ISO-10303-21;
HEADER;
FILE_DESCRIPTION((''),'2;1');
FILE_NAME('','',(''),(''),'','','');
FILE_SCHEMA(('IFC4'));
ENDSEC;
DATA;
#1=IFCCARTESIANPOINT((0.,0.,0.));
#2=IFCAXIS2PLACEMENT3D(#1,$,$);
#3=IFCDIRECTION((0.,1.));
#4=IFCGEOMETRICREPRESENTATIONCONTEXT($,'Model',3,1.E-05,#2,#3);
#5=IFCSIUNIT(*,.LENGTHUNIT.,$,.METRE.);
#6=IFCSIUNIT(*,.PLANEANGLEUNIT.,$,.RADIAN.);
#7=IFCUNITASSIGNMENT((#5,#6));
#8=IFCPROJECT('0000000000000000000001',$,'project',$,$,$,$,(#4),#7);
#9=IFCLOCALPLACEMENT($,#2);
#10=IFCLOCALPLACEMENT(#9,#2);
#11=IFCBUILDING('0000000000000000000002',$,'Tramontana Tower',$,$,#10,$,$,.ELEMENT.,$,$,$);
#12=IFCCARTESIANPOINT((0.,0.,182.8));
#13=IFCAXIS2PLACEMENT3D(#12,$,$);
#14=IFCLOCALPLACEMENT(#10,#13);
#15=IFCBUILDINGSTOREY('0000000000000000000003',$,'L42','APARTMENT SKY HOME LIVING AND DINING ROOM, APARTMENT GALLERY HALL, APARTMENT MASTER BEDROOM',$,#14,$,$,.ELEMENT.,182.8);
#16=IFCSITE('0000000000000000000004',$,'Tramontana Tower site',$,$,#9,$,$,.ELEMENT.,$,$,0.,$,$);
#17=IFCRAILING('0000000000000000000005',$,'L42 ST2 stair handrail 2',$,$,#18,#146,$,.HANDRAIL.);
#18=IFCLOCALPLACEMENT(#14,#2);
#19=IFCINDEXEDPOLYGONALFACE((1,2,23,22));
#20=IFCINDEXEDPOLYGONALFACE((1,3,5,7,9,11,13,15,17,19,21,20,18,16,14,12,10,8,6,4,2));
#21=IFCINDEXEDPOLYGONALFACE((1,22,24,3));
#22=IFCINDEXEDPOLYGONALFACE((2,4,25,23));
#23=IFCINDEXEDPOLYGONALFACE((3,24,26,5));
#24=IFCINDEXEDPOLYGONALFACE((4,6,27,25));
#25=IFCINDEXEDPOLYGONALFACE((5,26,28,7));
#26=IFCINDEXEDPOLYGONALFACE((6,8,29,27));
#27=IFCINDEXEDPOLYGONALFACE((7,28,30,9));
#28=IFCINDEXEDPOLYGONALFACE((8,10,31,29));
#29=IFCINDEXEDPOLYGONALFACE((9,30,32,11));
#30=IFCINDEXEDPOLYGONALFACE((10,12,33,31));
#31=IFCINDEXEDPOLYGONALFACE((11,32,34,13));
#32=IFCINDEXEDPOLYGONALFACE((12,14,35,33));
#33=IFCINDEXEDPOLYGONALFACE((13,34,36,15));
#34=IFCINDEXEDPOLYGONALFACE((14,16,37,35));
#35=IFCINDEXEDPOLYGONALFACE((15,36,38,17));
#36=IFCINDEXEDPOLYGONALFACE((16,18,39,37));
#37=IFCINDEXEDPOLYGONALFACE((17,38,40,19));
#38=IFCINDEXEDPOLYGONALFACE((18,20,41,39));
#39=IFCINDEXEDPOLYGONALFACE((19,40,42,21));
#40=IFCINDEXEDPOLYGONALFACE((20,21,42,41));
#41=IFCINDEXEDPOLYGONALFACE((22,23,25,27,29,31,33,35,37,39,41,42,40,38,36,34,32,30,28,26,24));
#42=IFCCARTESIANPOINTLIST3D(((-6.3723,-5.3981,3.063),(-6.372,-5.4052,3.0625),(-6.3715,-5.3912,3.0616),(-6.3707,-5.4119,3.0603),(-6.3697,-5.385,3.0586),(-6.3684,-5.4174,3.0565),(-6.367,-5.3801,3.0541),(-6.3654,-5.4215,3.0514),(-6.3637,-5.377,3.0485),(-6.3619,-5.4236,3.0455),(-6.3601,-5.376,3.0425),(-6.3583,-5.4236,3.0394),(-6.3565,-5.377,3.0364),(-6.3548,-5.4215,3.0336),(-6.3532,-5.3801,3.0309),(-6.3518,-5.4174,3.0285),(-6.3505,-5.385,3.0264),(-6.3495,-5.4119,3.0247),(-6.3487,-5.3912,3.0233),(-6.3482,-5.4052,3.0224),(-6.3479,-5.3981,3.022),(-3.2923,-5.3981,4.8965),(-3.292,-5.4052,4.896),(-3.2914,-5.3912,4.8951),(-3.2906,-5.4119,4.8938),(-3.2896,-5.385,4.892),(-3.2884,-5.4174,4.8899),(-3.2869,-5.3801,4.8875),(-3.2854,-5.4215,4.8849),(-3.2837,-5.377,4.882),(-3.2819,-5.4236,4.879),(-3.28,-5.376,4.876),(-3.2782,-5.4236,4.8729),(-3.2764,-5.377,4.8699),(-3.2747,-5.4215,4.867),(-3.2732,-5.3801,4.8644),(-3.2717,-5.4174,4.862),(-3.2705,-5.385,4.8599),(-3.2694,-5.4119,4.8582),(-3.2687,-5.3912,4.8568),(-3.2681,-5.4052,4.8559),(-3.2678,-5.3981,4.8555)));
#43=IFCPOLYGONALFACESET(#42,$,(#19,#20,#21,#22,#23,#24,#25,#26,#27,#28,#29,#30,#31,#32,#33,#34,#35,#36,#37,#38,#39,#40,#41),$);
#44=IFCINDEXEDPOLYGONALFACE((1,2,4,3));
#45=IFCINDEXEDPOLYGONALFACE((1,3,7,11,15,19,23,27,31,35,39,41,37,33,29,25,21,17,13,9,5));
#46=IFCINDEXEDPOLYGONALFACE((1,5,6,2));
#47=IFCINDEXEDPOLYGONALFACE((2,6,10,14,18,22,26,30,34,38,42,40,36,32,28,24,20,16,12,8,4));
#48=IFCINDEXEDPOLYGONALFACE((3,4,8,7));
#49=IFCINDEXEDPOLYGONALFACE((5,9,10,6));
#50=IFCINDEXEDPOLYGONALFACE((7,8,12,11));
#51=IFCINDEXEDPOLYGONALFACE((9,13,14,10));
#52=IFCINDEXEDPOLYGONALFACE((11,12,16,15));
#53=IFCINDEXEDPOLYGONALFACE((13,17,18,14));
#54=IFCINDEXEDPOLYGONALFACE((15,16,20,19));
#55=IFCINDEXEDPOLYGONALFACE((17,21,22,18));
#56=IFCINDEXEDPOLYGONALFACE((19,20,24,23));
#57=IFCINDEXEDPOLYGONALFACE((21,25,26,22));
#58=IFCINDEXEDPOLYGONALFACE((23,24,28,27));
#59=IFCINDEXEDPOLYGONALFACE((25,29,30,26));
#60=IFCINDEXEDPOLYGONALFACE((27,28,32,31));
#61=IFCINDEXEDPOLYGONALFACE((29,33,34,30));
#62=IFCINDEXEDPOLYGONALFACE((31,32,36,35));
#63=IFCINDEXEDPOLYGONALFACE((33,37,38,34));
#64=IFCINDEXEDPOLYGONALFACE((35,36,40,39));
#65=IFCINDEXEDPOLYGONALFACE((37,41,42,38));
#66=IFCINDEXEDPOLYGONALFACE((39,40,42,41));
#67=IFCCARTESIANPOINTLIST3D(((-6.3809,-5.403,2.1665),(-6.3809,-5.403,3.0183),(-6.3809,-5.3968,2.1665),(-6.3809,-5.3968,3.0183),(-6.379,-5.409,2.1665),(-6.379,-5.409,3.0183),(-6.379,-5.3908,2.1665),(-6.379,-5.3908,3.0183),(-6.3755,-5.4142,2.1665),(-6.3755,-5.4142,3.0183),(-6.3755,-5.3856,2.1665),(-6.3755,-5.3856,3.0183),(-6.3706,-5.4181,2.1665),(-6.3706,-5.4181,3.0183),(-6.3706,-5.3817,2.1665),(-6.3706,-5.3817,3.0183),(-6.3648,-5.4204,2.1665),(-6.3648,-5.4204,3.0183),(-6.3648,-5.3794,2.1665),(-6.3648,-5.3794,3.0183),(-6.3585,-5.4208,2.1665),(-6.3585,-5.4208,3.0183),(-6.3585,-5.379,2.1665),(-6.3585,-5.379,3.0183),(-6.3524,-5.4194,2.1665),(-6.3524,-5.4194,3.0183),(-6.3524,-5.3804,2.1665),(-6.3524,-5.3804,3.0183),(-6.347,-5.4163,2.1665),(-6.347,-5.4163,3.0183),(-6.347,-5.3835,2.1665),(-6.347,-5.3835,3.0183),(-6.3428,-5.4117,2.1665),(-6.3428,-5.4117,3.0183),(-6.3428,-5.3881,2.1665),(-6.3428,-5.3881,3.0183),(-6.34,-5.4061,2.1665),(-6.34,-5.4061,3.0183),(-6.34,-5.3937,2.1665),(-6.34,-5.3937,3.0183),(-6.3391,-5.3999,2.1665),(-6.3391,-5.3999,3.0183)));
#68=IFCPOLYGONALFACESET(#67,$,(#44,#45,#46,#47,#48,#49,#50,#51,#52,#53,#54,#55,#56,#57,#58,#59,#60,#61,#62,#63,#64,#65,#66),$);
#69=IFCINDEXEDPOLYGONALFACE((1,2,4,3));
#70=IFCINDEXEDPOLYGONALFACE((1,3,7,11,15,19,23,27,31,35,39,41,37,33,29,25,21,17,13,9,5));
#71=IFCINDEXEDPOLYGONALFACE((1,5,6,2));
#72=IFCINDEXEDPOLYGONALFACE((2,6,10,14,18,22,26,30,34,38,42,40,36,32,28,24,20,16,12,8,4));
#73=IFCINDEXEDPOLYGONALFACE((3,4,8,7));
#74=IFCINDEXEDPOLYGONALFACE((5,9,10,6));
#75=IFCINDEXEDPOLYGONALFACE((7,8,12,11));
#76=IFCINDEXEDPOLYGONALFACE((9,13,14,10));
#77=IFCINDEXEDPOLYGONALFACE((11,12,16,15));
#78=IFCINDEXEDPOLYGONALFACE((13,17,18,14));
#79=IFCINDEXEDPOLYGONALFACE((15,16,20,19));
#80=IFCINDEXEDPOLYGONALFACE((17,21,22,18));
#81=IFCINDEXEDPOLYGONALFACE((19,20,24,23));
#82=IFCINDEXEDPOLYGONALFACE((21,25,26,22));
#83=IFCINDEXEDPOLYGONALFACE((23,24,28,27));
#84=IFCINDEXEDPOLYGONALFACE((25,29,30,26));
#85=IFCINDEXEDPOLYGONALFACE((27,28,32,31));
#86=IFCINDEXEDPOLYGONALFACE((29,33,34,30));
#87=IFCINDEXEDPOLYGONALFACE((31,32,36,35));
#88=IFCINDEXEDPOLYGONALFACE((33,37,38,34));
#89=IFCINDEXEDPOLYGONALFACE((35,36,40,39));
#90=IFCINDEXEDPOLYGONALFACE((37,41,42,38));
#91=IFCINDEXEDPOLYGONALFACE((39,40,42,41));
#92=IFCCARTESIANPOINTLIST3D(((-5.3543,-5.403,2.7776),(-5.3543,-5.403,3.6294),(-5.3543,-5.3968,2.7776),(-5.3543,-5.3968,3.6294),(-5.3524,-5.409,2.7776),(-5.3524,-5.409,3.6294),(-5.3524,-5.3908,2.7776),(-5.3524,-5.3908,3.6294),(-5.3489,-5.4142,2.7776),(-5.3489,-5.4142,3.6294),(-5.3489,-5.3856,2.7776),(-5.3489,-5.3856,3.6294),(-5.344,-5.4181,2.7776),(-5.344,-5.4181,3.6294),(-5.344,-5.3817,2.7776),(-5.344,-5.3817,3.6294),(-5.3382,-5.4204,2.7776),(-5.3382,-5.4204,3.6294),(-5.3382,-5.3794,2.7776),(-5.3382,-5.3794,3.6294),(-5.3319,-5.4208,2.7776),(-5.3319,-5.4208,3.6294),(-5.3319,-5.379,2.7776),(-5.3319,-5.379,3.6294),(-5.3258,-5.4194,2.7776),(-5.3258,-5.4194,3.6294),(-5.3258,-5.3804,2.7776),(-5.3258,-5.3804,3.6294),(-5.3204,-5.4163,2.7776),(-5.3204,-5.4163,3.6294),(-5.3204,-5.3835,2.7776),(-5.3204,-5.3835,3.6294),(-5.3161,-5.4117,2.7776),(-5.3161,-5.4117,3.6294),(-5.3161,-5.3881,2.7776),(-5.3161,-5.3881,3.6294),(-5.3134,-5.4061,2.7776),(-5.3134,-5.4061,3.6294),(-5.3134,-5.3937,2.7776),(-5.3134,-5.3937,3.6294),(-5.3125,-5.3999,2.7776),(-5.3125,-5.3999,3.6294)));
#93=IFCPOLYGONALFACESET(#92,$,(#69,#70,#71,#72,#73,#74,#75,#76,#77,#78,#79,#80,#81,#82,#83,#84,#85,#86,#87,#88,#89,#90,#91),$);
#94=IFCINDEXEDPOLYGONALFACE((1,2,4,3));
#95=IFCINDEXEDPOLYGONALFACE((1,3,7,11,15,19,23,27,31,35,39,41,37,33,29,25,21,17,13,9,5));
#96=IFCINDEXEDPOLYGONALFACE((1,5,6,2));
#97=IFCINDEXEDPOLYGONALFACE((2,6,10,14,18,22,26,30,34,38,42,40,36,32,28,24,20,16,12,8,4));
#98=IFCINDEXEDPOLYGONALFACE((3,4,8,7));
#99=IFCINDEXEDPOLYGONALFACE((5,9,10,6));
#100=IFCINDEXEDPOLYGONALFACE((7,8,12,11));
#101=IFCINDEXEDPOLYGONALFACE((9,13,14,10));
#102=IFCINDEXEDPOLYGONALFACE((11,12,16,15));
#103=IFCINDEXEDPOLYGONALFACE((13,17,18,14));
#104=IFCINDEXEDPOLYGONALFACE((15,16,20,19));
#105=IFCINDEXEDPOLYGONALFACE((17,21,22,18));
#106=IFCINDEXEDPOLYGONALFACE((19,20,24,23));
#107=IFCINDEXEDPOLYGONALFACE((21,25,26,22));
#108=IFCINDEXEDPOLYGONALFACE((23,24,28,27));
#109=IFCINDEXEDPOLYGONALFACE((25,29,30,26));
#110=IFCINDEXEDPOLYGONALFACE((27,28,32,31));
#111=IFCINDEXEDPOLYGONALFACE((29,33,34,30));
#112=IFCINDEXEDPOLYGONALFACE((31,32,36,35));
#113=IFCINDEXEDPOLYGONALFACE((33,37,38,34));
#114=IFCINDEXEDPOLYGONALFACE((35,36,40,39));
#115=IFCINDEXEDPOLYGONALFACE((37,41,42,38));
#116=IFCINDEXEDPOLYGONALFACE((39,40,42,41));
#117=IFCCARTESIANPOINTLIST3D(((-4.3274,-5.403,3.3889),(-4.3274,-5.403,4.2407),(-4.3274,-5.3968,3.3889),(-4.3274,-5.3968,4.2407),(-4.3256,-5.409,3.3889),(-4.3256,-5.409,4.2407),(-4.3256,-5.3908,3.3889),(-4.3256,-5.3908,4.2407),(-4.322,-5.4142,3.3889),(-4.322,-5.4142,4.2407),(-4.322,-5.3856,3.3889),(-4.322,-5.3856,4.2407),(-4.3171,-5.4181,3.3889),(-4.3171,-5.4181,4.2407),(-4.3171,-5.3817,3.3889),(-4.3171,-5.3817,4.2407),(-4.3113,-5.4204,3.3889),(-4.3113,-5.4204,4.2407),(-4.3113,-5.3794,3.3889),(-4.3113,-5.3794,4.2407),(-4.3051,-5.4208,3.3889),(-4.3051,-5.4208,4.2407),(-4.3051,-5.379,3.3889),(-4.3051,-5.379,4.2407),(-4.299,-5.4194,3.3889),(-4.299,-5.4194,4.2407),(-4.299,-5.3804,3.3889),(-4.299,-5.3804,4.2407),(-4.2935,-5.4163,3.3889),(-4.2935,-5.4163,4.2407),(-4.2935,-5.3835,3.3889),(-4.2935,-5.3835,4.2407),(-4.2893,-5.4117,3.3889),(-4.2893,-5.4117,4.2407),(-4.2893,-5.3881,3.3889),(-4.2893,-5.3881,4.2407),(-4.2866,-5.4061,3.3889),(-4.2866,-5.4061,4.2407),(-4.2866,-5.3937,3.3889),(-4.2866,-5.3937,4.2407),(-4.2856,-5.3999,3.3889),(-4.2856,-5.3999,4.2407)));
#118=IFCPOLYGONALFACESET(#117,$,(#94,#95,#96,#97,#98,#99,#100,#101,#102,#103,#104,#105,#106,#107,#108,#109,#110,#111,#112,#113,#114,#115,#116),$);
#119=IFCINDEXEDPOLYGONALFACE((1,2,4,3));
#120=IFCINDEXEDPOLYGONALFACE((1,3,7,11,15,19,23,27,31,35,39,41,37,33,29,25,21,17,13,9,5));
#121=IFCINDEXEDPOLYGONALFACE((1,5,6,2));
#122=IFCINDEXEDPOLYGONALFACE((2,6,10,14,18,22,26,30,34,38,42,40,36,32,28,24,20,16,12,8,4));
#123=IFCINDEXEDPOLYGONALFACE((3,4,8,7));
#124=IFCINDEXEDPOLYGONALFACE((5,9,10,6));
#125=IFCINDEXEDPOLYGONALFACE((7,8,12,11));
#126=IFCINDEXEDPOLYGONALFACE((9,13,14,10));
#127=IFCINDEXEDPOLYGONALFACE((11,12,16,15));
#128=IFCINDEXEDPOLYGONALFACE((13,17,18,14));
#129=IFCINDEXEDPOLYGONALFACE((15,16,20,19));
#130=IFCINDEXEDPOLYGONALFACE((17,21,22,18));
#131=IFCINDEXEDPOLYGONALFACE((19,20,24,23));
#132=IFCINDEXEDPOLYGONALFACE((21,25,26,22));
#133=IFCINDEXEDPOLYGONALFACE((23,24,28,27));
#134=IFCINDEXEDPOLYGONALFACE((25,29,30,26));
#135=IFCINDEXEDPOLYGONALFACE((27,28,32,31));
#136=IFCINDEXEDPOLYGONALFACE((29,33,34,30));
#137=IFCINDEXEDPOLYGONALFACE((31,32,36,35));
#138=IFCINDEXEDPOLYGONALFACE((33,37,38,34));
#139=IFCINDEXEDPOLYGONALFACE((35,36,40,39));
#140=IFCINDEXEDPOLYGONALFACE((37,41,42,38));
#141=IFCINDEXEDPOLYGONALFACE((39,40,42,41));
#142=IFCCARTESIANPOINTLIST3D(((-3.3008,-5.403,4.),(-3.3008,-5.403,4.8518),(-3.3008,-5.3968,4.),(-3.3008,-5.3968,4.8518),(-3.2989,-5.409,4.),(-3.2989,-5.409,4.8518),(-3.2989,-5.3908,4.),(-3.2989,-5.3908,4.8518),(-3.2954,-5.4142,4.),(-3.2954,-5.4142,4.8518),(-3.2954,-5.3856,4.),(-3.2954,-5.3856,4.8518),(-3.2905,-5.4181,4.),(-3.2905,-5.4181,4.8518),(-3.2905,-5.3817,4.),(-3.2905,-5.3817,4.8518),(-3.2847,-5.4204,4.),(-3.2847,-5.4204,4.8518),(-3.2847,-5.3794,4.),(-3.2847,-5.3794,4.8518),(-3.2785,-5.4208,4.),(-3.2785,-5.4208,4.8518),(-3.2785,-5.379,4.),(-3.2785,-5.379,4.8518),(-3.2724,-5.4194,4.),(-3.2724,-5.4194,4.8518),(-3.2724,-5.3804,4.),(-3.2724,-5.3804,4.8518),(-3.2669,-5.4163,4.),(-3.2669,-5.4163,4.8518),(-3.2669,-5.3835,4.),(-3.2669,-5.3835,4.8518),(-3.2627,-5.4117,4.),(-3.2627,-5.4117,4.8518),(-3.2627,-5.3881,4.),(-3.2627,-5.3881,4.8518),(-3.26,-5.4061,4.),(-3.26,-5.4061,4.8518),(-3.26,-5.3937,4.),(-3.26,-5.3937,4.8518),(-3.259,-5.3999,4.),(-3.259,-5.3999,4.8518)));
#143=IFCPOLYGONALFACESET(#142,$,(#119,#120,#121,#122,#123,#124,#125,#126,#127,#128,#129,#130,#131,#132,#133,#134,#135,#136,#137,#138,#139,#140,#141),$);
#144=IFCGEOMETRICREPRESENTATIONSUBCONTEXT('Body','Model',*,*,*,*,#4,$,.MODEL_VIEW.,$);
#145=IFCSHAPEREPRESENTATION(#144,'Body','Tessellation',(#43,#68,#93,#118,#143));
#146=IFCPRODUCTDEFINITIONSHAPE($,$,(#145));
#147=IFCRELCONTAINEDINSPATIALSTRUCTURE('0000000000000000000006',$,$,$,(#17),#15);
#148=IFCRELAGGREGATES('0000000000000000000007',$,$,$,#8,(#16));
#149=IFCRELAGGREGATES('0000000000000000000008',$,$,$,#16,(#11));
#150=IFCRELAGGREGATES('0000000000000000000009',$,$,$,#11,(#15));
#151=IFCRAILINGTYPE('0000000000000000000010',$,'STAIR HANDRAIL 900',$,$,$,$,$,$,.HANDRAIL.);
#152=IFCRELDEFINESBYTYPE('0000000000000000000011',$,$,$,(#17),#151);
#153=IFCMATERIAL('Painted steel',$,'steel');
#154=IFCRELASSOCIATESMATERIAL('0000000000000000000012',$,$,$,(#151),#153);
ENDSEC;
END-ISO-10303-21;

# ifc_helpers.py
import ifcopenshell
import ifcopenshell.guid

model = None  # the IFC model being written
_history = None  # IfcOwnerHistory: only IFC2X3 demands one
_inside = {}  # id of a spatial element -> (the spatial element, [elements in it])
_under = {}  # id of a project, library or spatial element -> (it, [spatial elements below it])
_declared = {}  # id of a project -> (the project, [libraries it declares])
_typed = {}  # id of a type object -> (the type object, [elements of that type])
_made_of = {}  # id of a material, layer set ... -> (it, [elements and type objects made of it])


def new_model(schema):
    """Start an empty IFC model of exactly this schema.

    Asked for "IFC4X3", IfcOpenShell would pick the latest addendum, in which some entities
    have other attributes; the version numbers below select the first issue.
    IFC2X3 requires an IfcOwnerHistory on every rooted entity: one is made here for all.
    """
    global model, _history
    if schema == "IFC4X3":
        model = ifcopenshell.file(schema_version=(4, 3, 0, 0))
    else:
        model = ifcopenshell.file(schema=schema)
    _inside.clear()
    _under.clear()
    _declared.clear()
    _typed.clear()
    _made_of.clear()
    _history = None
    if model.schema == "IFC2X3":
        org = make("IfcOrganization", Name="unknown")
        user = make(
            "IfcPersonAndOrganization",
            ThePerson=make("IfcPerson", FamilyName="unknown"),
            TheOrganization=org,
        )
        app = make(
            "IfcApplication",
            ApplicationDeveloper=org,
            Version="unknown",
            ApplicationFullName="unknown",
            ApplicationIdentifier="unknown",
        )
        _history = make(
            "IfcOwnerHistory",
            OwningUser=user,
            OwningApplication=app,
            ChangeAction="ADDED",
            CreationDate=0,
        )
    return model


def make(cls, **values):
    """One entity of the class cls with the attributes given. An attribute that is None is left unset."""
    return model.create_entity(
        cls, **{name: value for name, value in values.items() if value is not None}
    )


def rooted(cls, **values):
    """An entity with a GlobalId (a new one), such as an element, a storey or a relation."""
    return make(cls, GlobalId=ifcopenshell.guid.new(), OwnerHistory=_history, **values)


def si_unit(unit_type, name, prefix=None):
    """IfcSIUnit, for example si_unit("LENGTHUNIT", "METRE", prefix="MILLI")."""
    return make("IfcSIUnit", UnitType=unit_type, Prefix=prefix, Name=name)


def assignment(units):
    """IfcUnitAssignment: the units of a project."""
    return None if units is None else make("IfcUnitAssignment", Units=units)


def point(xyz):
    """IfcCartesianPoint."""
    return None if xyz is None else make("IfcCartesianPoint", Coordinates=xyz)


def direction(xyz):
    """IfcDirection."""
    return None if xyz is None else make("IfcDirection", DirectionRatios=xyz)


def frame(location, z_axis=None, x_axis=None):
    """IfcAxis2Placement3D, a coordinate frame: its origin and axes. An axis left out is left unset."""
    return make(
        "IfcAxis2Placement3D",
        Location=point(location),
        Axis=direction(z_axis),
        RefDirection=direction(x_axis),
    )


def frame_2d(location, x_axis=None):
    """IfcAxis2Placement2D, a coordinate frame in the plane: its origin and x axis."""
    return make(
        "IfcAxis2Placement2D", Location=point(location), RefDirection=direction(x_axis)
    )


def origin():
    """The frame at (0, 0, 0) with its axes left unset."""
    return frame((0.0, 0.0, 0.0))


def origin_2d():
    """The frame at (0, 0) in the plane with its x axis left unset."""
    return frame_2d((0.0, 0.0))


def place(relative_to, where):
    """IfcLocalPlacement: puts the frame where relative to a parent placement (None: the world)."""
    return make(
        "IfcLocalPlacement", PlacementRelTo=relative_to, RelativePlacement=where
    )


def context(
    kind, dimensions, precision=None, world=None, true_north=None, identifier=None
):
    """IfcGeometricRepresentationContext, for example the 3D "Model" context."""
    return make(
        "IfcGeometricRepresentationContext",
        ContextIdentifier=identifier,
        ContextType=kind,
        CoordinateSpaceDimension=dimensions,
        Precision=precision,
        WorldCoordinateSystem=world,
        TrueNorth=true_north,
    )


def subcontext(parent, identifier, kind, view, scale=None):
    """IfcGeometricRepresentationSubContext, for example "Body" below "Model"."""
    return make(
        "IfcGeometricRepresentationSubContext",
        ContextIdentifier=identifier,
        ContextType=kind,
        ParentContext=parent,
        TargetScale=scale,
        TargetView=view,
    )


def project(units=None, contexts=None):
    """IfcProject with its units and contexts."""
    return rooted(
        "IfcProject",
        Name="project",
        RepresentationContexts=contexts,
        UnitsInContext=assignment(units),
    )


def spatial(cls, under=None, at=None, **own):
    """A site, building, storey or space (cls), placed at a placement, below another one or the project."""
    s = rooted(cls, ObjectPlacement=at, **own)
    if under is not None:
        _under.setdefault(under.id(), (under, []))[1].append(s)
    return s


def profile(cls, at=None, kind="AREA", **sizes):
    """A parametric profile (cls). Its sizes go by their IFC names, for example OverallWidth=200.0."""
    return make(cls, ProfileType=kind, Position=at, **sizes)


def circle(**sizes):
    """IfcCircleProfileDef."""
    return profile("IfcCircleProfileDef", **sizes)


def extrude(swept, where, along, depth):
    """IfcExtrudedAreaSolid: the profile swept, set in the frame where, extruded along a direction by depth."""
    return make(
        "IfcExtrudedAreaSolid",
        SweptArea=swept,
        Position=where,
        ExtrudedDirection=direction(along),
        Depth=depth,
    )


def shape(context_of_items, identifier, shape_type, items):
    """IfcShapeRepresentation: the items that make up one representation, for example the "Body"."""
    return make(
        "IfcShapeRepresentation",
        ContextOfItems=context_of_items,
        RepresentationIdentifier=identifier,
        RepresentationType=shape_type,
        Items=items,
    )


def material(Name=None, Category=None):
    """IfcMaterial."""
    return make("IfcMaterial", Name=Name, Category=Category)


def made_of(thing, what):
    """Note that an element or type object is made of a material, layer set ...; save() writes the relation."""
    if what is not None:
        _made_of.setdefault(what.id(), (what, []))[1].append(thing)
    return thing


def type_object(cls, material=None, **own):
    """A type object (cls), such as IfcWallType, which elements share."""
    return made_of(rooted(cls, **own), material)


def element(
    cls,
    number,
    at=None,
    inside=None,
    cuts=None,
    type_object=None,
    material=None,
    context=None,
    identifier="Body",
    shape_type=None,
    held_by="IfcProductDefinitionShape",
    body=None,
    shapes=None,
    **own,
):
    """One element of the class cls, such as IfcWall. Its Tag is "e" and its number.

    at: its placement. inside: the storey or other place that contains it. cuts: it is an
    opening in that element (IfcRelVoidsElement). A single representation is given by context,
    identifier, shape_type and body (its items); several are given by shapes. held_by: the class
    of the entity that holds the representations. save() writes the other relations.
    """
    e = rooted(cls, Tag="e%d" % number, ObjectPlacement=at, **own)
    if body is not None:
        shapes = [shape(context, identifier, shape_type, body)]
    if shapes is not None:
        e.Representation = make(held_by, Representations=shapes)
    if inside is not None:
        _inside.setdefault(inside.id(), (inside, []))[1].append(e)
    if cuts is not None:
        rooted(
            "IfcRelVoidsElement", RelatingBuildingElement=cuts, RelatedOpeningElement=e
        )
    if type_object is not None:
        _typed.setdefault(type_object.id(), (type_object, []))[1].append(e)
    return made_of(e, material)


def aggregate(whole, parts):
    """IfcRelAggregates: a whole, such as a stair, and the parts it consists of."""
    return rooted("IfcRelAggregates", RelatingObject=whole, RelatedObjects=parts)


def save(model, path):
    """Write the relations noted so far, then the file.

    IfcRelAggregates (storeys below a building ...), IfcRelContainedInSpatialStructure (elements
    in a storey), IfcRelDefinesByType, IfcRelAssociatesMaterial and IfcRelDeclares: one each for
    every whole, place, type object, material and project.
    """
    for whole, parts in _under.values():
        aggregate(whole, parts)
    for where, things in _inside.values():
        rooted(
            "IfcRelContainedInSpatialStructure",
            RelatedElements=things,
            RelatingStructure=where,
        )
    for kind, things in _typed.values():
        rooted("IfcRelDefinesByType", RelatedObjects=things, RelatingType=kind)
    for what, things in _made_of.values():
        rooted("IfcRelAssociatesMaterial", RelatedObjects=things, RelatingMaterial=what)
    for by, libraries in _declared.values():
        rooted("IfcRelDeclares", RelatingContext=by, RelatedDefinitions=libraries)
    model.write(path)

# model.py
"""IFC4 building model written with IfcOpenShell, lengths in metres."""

from ifc_helpers import new_model, si_unit, direction, frame, origin, origin_2d, place, context, subcontext, project, spatial, circle, extrude, material, type_object, element, save


model = new_model("IFC4")

# Units and contexts
model_context = context("Model", 3, precision=1e-05, world=origin(), true_north=direction((0.0, 1.0)))
body_context = subcontext(model_context, "Body", "Model", "MODEL_VIEW")
ifc_project = project(units=[si_unit("LENGTHUNIT", "METRE"), si_unit("PLANEANGLEUNIT", "RADIAN")], contexts=[model_context])

# Site, building, storey
site_placement = place(None, origin())
site = spatial("IfcSite", under=ifc_project, at=site_placement, Name="Tramontana Tower site", CompositionType="ELEMENT", RefElevation=0.0)
building_placement = place(site_placement, origin())
building = spatial("IfcBuilding", under=site, at=building_placement, Name="Tramontana Tower", CompositionType="ELEMENT")
storey_placement = place(building_placement, frame((0.0, 0.0, 182.8)))
storey = spatial("IfcBuildingStorey", under=building, at=storey_placement, Name="L42", Description="APARTMENT SKY HOME LIVING AND DINING ROOM, APARTMENT GALLERY HALL, APARTMENT MASTER BEDROOM", CompositionType="ELEMENT", Elevation=182.8)

# Railing
ifc_material_1 = material(Name="Painted steel", Category="steel")
railing_type_1 = type_object("IfcRailingType", Name="STAIR HANDRAIL 900", PredefinedType="HANDRAIL", material=ifc_material_1)
railing_1_placement = place(storey_placement, frame((-6.3601, -5.3999, 2.1665)))
element("IfcRailing", 1, at=railing_1_placement, inside=storey, type_object=railing_type_1, Name="L42 ST2 stair handrail 2", PredefinedType="HANDRAIL", context=body_context, shape_type="SweptSolid", body=[
    extrude(circle(Radius=0.0239, at=origin_2d()), frame((0.0, 0.0, 0.876), z_axis=(0.859279, 0.0, 0.511508), x_axis=(0.0, 1.0, 0.0)), (0.0, 0.0, 1.0), 3.5845),
    extrude(circle(Radius=0.021, at=origin_2d()), origin(), (0.0, 0.0, 1.0), 0.8518),
    extrude(circle(Radius=0.021, at=origin_2d()), frame((1.0266, 0.0, 0.6111)), (0.0, 0.0, 1.0), 0.8518),
    extrude(circle(Radius=0.021, at=origin_2d()), frame((2.0535, 0.0, 1.2224)), (0.0, 0.0, 1.0), 0.8518),
    extrude(circle(Radius=0.021, at=origin_2d()), frame((3.0801, 0.0, 1.8335)), (0.0, 0.0, 1.0), 0.8518),
])

save(model, "model.ifc")
